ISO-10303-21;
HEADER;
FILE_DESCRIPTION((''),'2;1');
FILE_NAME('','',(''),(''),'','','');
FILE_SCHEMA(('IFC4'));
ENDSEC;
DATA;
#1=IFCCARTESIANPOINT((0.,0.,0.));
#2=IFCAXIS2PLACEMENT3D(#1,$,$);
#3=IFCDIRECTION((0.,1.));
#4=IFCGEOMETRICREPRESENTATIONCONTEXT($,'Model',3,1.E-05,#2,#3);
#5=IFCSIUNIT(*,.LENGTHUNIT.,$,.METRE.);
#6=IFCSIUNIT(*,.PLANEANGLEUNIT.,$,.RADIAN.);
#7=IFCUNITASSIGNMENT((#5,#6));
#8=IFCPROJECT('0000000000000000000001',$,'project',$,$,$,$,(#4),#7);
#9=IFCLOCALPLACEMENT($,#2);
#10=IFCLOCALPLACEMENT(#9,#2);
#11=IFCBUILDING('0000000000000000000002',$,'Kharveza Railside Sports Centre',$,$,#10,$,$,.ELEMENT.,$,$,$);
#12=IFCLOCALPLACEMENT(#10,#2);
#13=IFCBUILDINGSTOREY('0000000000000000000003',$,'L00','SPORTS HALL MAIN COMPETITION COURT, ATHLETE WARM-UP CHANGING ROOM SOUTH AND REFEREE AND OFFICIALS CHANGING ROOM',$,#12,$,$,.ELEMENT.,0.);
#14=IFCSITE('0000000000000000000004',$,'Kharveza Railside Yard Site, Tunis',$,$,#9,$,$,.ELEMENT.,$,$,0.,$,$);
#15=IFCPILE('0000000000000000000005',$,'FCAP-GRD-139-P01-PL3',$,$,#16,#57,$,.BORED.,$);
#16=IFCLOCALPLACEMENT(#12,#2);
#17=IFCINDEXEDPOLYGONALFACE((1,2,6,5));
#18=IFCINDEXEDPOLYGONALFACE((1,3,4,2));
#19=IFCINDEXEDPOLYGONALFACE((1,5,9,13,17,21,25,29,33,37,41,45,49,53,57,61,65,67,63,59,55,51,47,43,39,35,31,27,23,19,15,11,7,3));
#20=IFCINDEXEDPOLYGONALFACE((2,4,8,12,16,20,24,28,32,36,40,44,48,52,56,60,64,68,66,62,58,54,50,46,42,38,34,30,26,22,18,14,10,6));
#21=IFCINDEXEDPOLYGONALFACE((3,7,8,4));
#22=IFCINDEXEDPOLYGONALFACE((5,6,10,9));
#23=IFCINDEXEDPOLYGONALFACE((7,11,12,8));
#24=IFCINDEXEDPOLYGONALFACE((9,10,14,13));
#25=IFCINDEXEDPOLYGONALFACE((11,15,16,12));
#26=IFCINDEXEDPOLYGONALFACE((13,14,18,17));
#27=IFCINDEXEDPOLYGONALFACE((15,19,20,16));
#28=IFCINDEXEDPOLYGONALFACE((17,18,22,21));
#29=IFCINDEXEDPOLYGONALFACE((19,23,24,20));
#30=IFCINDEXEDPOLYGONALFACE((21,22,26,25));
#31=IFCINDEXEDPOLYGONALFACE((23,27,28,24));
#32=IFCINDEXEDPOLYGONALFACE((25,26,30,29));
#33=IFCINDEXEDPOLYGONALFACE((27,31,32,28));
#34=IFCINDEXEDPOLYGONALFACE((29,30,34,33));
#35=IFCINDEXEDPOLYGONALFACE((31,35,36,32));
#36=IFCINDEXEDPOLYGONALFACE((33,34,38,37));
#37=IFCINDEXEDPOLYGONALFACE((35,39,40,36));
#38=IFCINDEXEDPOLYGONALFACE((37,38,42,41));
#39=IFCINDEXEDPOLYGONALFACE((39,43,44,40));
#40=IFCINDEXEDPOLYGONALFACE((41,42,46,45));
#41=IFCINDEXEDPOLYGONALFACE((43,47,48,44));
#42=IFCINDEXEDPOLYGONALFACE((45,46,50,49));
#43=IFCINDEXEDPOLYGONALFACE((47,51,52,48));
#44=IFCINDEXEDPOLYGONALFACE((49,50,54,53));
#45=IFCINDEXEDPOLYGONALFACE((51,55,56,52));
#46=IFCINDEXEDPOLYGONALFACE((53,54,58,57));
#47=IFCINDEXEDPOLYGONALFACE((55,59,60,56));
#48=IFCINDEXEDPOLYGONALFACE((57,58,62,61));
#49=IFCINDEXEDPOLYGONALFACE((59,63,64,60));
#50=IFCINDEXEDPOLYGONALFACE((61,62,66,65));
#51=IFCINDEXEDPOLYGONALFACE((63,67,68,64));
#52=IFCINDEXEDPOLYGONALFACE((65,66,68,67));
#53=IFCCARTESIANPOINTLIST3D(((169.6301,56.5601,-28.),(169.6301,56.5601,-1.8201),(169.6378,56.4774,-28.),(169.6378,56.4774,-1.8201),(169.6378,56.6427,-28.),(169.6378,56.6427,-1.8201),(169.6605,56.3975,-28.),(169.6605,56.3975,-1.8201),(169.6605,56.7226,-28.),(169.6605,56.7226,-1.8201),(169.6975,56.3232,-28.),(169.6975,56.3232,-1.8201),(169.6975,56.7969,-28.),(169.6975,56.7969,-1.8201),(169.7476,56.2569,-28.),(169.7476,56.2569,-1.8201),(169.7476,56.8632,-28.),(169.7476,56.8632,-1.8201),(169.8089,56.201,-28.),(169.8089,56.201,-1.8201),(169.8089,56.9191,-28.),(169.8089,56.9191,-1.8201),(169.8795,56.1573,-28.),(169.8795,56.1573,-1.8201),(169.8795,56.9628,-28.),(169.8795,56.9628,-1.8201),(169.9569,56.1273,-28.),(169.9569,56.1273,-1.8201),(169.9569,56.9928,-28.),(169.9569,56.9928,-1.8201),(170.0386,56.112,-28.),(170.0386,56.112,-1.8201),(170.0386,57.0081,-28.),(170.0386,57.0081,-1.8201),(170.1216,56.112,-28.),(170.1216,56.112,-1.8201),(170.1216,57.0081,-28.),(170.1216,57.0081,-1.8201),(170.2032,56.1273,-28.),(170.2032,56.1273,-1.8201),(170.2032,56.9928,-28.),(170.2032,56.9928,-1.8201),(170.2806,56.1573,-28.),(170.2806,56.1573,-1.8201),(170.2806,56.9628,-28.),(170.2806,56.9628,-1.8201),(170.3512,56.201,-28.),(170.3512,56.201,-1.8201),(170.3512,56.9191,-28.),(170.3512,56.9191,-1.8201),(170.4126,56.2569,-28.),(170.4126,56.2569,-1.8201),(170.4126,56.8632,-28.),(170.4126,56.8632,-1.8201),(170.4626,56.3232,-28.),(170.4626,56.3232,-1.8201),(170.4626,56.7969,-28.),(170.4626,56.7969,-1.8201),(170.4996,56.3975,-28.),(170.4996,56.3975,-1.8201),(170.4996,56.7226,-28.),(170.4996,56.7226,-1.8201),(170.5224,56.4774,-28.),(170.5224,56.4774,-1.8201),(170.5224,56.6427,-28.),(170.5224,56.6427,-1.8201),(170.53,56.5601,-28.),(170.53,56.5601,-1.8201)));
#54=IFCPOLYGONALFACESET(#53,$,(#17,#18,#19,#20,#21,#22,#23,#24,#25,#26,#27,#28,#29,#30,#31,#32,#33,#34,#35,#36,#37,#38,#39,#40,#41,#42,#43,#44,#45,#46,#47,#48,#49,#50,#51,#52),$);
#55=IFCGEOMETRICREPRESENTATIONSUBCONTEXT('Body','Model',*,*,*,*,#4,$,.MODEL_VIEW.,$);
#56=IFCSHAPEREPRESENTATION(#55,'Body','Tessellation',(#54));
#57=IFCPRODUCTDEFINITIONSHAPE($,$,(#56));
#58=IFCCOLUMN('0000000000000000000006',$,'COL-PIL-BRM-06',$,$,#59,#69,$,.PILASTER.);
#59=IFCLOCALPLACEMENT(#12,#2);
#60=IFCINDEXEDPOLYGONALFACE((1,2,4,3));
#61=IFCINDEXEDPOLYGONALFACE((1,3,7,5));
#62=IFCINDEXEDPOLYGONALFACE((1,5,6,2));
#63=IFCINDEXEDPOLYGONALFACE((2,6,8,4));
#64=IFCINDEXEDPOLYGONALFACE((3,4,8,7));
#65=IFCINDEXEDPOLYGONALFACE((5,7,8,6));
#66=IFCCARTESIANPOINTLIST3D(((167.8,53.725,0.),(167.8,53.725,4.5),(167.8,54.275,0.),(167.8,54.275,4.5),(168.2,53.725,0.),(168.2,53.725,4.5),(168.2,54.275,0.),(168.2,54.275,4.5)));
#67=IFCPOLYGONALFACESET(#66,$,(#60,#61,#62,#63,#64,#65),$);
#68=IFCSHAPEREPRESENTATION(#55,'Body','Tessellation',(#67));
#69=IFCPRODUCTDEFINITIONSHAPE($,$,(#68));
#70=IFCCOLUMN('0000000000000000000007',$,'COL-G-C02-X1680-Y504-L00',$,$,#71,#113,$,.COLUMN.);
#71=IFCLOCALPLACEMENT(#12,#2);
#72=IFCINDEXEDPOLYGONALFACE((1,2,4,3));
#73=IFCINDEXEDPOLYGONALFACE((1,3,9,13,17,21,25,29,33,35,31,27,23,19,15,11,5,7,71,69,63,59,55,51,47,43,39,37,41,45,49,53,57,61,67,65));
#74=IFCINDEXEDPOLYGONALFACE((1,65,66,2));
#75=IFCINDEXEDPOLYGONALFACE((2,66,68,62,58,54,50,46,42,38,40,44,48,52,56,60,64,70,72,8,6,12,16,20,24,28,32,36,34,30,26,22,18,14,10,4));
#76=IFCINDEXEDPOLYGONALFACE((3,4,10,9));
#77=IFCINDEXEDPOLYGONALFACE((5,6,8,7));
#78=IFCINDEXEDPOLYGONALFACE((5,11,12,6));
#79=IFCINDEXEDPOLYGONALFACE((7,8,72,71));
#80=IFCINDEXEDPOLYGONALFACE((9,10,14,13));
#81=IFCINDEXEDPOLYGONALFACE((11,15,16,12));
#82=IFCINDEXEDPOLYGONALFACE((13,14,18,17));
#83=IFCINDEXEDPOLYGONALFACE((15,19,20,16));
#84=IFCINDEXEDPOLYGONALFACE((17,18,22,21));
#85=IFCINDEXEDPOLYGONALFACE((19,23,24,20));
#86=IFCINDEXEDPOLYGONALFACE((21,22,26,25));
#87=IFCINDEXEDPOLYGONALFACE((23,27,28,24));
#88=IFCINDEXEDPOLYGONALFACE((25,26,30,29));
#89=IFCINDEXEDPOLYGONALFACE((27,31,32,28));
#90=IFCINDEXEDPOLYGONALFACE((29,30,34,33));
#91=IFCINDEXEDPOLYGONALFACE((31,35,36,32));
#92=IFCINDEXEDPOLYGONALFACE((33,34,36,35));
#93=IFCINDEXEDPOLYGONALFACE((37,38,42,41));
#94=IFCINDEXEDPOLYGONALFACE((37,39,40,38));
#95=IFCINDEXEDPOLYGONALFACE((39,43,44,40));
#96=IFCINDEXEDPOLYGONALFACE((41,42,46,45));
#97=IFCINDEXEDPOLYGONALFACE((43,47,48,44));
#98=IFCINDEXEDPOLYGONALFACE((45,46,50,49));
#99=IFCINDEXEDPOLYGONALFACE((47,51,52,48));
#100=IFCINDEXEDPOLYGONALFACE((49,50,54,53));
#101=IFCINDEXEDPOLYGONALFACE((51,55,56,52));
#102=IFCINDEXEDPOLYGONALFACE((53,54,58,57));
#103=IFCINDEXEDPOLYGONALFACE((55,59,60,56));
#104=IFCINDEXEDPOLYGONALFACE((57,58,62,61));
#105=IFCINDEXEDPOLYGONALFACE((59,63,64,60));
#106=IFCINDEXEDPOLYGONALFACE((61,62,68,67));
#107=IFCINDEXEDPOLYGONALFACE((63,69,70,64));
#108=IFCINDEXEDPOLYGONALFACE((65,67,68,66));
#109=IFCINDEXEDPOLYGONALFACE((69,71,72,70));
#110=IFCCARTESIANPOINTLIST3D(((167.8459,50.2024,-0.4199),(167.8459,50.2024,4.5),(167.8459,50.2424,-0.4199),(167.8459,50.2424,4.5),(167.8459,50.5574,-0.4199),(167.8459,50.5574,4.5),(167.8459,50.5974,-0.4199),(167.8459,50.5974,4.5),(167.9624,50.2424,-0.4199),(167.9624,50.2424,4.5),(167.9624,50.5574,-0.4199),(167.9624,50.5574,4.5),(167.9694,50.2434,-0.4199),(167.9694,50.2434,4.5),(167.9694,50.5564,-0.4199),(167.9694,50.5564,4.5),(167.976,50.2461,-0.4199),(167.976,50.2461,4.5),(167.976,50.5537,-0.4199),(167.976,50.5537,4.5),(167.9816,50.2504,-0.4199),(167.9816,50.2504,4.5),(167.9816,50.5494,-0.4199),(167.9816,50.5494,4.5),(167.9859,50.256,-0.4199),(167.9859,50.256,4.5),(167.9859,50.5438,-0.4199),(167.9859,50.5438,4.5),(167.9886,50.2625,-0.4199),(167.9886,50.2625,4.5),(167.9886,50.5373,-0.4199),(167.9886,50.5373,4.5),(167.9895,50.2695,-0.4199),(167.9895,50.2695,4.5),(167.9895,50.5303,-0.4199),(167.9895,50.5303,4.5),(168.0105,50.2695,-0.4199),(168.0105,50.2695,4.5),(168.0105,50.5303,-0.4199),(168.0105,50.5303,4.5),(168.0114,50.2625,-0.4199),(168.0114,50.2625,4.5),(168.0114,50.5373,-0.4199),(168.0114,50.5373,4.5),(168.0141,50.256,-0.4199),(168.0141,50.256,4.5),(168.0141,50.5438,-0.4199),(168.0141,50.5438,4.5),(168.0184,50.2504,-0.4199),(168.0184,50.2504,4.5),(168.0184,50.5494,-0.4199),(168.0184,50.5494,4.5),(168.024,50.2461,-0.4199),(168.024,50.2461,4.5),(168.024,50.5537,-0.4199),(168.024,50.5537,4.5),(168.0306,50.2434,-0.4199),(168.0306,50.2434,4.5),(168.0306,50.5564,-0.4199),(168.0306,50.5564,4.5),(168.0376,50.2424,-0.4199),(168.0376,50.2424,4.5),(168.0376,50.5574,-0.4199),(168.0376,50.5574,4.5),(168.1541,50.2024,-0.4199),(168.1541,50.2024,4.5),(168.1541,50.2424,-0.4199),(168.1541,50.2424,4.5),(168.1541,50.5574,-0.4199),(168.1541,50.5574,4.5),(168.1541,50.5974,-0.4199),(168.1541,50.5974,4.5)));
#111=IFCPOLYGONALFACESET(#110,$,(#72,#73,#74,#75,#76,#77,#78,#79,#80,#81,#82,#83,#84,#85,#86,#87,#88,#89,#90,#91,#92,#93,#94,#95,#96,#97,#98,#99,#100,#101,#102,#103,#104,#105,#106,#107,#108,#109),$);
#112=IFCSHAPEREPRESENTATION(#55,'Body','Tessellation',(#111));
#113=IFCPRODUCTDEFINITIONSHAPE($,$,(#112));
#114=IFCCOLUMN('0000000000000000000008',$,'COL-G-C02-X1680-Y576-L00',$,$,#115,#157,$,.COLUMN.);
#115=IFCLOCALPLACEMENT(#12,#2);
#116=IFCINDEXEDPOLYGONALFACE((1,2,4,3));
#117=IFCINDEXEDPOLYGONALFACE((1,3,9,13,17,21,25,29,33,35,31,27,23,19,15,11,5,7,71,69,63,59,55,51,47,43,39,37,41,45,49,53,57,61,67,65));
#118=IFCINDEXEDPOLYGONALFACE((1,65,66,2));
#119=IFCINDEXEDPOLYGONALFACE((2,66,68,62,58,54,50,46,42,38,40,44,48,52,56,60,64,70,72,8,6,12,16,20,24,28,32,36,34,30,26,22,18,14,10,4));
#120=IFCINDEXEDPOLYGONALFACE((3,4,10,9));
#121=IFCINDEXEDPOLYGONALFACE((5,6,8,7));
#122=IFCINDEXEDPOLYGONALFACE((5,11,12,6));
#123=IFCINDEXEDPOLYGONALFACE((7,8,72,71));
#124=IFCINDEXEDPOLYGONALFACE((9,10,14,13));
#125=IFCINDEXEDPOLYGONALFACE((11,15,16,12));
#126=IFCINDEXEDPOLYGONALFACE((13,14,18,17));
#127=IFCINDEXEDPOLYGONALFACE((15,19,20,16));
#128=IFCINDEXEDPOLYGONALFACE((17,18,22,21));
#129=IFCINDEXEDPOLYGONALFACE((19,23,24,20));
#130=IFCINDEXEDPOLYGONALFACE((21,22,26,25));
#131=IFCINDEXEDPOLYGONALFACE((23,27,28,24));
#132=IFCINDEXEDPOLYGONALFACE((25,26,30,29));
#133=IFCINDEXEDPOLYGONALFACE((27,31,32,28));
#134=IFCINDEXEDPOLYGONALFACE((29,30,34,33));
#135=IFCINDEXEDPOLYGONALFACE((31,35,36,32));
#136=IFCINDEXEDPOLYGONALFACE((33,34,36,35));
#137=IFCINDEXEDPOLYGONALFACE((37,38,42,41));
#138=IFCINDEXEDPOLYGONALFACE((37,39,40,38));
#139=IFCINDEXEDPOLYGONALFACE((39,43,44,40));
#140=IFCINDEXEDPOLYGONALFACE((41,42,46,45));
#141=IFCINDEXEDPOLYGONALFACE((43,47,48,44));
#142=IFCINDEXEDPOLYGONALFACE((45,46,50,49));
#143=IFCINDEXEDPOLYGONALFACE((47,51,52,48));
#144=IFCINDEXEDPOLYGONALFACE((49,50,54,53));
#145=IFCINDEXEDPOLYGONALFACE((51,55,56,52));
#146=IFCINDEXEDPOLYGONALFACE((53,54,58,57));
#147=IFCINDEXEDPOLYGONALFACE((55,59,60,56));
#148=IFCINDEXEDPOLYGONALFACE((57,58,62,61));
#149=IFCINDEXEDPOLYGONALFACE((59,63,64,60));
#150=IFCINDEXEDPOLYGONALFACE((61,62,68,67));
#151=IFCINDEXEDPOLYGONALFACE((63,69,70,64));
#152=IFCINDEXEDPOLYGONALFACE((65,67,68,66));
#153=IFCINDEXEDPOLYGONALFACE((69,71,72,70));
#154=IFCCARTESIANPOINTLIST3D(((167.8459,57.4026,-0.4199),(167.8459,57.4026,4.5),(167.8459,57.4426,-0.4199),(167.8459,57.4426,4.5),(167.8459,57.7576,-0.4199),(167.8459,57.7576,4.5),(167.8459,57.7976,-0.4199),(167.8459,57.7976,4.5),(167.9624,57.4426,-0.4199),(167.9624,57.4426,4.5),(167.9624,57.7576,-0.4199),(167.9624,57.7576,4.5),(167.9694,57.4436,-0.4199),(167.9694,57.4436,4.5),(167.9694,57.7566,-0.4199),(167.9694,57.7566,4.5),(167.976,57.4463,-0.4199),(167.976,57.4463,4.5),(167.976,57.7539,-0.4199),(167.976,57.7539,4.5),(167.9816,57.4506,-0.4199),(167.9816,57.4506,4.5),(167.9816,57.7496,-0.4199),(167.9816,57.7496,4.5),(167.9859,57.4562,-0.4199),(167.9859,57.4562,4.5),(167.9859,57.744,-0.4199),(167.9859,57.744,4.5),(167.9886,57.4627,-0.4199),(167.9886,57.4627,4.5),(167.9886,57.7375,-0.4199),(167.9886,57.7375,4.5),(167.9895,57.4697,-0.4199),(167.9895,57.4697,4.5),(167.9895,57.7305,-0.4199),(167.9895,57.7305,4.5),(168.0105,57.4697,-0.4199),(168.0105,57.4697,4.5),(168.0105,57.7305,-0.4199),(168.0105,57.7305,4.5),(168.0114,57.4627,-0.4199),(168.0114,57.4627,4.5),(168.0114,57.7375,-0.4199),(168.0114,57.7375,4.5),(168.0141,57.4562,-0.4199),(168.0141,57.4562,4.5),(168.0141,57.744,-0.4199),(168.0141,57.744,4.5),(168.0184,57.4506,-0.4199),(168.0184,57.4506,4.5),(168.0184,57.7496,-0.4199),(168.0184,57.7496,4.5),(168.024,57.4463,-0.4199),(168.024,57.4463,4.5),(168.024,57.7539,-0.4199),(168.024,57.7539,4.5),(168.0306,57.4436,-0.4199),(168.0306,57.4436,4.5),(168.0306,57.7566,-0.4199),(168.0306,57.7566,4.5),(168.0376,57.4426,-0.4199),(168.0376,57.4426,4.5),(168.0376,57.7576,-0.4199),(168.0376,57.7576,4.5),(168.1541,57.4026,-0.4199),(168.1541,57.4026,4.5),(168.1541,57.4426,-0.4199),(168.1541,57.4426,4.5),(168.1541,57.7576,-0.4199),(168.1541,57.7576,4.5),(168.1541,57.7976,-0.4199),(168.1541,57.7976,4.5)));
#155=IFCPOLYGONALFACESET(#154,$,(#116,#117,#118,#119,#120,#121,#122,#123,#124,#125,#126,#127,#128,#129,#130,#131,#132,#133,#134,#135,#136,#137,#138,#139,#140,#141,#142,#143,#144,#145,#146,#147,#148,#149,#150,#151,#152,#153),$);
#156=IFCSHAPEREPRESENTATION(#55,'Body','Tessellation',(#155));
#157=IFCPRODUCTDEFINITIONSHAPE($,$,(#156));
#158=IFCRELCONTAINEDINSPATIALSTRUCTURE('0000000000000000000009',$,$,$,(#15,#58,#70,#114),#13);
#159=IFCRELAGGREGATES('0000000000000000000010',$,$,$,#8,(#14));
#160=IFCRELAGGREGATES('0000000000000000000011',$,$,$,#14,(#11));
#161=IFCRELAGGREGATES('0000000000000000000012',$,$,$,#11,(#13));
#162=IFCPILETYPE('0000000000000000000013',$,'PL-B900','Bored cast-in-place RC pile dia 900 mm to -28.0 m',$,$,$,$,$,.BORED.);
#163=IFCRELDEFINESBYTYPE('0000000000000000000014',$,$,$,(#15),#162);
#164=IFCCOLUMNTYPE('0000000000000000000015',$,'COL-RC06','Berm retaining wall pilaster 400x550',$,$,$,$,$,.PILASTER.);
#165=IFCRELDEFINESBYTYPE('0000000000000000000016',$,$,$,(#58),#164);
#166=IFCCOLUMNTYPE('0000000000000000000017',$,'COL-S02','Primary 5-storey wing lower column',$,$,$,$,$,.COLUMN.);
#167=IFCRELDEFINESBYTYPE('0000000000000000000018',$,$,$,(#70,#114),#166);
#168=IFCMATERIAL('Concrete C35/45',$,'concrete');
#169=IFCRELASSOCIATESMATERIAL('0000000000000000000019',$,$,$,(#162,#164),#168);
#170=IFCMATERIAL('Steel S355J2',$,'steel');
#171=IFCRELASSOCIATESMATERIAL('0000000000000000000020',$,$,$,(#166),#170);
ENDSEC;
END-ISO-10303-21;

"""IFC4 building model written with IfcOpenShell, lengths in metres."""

from ifc_helpers import new_model, si_unit, direction, frame, origin, origin_2d, place, context, subcontext, project, spatial, rectangle, circle, i_section, extrude, material, material_profile, profile_set, type_object, element, save


model = new_model("IFC4")

# Units and contexts
model_context = context("Model", 3, precision=1e-05, world=origin(), true_north=direction((0.0, 1.0)))
body_context = subcontext(model_context, "Body", "Model", "MODEL_VIEW")
ifc_project = project(units=[si_unit("LENGTHUNIT", "METRE"), si_unit("PLANEANGLEUNIT", "RADIAN")], contexts=[model_context])

# Site, building, storey
site_placement = place(None, origin())
site = spatial("IfcSite", under=ifc_project, at=site_placement, Name="Kharveza Railside Yard Site, Tunis", CompositionType="ELEMENT", RefElevation=0.0)
building_placement = place(site_placement, origin())
building = spatial("IfcBuilding", under=site, at=building_placement, Name="Kharveza Railside Sports Centre", CompositionType="ELEMENT")
storey_placement = place(building_placement, origin())
storey = spatial("IfcBuildingStorey", under=building, at=storey_placement, Name="L00", Description="SPORTS HALL MAIN COMPETITION COURT, ATHLETE WARM-UP CHANGING ROOM SOUTH AND REFEREE AND OFFICIALS CHANGING ROOM", CompositionType="ELEMENT", Elevation=0.0)

# Shared definitions
ifc_material_1 = material(Name="Concrete C35/45", Category="concrete")

# Pile
ifc_material_profile_1 = material_profile(ifc_material_1, circle(Radius=0.45, at=origin_2d()), Name="PILE D900")
ifc_profile_set_1 = profile_set([ifc_material_profile_1], Name="Concrete C35/45")
pile_type_1 = type_object("IfcPileType", Name="PL-B900", Description="Bored cast-in-place RC pile dia 900 mm to -28.0 m", PredefinedType="BORED", material=ifc_profile_set_1)
for number, where, z_axis, x_axis, name in (
    (1, (170.0801, 56.5601, -1.8201), (0.0, 0.0, -1.0), (1.0, 0.0, 0.0), "FCAP-GRD-139-P01-PL3"),
):
    element("IfcPile", number, at=place(storey_placement, frame(where, z_axis=z_axis, x_axis=x_axis)), inside=storey, type_object=pile_type_1, Name=name, PredefinedType="BORED", context=body_context, shape_type="SweptSolid", body=[
        extrude(circle(Radius=0.45, at=origin_2d()), origin(), (0.0, 0.0, 1.0), 26.1799),
    ])

# Columns
ifc_material_profile_2 = material_profile(ifc_material_1, rectangle(XDim=0.3999, YDim=0.55, at=origin_2d()), Name="RC 400x550")
ifc_profile_set_2 = profile_set([ifc_material_profile_2], Name="Concrete C35/45")
column_type_1 = type_object("IfcColumnType", Name="COL-RC06", Description="Berm retaining wall pilaster 400x550", PredefinedType="PILASTER", material=ifc_profile_set_2)
column_placement = place(storey_placement, frame((168.0, 54.0, 0.0), z_axis=(0.0, 0.0, 1.0), x_axis=(1.0, 0.0, 0.0)))
element("IfcColumn", 2, at=column_placement, inside=storey, type_object=column_type_1, Name="COL-PIL-BRM-06", PredefinedType="PILASTER", context=body_context, shape_type="SweptSolid", body=[
    extrude(rectangle(XDim=0.3999, YDim=0.55, at=origin_2d()), origin(), (0.0, 0.0, 1.0), 4.5),
])
ifc_material_2 = material(Name="Steel S355J2", Category="steel")
ifc_material_profile_3 = material_profile(ifc_material_2, i_section(OverallWidth=0.3081, OverallDepth=0.395, WebThickness=0.021, FlangeThickness=0.04, FilletRadius=0.0271, at=origin_2d()), Name="HEM 360")
ifc_profile_set_3 = profile_set([ifc_material_profile_3], Name="Steel S355J2")
column_type_2 = type_object("IfcColumnType", Name="COL-S02", Description="Primary 5-storey wing lower column", PredefinedType="COLUMN", material=ifc_profile_set_3)
for number, where, z_axis, x_axis, name in (
    (3, (168.0, 50.3999, -0.4199), (0.0, 0.0, 1.0), (1.0, 0.0, 0.0), "COL-G-C02-X1680-Y504-L00"),
    (4, (168.0, 57.6001, -0.4199), (0.0, 0.0, 1.0), (1.0, 0.0, 0.0), "COL-G-C02-X1680-Y576-L00"),
):
    element("IfcColumn", number, at=place(storey_placement, frame(where, z_axis=z_axis, x_axis=x_axis)), inside=storey, type_object=column_type_2, Name=name, PredefinedType="COLUMN", context=body_context, shape_type="SweptSolid", body=[
        extrude(i_section(OverallWidth=0.3081, OverallDepth=0.395, WebThickness=0.021, FlangeThickness=0.04, FilletRadius=0.0271, at=origin_2d()), origin(), (0.0, 0.0, 1.0), 4.9199),
    ])

save(model, "model.ifc")
